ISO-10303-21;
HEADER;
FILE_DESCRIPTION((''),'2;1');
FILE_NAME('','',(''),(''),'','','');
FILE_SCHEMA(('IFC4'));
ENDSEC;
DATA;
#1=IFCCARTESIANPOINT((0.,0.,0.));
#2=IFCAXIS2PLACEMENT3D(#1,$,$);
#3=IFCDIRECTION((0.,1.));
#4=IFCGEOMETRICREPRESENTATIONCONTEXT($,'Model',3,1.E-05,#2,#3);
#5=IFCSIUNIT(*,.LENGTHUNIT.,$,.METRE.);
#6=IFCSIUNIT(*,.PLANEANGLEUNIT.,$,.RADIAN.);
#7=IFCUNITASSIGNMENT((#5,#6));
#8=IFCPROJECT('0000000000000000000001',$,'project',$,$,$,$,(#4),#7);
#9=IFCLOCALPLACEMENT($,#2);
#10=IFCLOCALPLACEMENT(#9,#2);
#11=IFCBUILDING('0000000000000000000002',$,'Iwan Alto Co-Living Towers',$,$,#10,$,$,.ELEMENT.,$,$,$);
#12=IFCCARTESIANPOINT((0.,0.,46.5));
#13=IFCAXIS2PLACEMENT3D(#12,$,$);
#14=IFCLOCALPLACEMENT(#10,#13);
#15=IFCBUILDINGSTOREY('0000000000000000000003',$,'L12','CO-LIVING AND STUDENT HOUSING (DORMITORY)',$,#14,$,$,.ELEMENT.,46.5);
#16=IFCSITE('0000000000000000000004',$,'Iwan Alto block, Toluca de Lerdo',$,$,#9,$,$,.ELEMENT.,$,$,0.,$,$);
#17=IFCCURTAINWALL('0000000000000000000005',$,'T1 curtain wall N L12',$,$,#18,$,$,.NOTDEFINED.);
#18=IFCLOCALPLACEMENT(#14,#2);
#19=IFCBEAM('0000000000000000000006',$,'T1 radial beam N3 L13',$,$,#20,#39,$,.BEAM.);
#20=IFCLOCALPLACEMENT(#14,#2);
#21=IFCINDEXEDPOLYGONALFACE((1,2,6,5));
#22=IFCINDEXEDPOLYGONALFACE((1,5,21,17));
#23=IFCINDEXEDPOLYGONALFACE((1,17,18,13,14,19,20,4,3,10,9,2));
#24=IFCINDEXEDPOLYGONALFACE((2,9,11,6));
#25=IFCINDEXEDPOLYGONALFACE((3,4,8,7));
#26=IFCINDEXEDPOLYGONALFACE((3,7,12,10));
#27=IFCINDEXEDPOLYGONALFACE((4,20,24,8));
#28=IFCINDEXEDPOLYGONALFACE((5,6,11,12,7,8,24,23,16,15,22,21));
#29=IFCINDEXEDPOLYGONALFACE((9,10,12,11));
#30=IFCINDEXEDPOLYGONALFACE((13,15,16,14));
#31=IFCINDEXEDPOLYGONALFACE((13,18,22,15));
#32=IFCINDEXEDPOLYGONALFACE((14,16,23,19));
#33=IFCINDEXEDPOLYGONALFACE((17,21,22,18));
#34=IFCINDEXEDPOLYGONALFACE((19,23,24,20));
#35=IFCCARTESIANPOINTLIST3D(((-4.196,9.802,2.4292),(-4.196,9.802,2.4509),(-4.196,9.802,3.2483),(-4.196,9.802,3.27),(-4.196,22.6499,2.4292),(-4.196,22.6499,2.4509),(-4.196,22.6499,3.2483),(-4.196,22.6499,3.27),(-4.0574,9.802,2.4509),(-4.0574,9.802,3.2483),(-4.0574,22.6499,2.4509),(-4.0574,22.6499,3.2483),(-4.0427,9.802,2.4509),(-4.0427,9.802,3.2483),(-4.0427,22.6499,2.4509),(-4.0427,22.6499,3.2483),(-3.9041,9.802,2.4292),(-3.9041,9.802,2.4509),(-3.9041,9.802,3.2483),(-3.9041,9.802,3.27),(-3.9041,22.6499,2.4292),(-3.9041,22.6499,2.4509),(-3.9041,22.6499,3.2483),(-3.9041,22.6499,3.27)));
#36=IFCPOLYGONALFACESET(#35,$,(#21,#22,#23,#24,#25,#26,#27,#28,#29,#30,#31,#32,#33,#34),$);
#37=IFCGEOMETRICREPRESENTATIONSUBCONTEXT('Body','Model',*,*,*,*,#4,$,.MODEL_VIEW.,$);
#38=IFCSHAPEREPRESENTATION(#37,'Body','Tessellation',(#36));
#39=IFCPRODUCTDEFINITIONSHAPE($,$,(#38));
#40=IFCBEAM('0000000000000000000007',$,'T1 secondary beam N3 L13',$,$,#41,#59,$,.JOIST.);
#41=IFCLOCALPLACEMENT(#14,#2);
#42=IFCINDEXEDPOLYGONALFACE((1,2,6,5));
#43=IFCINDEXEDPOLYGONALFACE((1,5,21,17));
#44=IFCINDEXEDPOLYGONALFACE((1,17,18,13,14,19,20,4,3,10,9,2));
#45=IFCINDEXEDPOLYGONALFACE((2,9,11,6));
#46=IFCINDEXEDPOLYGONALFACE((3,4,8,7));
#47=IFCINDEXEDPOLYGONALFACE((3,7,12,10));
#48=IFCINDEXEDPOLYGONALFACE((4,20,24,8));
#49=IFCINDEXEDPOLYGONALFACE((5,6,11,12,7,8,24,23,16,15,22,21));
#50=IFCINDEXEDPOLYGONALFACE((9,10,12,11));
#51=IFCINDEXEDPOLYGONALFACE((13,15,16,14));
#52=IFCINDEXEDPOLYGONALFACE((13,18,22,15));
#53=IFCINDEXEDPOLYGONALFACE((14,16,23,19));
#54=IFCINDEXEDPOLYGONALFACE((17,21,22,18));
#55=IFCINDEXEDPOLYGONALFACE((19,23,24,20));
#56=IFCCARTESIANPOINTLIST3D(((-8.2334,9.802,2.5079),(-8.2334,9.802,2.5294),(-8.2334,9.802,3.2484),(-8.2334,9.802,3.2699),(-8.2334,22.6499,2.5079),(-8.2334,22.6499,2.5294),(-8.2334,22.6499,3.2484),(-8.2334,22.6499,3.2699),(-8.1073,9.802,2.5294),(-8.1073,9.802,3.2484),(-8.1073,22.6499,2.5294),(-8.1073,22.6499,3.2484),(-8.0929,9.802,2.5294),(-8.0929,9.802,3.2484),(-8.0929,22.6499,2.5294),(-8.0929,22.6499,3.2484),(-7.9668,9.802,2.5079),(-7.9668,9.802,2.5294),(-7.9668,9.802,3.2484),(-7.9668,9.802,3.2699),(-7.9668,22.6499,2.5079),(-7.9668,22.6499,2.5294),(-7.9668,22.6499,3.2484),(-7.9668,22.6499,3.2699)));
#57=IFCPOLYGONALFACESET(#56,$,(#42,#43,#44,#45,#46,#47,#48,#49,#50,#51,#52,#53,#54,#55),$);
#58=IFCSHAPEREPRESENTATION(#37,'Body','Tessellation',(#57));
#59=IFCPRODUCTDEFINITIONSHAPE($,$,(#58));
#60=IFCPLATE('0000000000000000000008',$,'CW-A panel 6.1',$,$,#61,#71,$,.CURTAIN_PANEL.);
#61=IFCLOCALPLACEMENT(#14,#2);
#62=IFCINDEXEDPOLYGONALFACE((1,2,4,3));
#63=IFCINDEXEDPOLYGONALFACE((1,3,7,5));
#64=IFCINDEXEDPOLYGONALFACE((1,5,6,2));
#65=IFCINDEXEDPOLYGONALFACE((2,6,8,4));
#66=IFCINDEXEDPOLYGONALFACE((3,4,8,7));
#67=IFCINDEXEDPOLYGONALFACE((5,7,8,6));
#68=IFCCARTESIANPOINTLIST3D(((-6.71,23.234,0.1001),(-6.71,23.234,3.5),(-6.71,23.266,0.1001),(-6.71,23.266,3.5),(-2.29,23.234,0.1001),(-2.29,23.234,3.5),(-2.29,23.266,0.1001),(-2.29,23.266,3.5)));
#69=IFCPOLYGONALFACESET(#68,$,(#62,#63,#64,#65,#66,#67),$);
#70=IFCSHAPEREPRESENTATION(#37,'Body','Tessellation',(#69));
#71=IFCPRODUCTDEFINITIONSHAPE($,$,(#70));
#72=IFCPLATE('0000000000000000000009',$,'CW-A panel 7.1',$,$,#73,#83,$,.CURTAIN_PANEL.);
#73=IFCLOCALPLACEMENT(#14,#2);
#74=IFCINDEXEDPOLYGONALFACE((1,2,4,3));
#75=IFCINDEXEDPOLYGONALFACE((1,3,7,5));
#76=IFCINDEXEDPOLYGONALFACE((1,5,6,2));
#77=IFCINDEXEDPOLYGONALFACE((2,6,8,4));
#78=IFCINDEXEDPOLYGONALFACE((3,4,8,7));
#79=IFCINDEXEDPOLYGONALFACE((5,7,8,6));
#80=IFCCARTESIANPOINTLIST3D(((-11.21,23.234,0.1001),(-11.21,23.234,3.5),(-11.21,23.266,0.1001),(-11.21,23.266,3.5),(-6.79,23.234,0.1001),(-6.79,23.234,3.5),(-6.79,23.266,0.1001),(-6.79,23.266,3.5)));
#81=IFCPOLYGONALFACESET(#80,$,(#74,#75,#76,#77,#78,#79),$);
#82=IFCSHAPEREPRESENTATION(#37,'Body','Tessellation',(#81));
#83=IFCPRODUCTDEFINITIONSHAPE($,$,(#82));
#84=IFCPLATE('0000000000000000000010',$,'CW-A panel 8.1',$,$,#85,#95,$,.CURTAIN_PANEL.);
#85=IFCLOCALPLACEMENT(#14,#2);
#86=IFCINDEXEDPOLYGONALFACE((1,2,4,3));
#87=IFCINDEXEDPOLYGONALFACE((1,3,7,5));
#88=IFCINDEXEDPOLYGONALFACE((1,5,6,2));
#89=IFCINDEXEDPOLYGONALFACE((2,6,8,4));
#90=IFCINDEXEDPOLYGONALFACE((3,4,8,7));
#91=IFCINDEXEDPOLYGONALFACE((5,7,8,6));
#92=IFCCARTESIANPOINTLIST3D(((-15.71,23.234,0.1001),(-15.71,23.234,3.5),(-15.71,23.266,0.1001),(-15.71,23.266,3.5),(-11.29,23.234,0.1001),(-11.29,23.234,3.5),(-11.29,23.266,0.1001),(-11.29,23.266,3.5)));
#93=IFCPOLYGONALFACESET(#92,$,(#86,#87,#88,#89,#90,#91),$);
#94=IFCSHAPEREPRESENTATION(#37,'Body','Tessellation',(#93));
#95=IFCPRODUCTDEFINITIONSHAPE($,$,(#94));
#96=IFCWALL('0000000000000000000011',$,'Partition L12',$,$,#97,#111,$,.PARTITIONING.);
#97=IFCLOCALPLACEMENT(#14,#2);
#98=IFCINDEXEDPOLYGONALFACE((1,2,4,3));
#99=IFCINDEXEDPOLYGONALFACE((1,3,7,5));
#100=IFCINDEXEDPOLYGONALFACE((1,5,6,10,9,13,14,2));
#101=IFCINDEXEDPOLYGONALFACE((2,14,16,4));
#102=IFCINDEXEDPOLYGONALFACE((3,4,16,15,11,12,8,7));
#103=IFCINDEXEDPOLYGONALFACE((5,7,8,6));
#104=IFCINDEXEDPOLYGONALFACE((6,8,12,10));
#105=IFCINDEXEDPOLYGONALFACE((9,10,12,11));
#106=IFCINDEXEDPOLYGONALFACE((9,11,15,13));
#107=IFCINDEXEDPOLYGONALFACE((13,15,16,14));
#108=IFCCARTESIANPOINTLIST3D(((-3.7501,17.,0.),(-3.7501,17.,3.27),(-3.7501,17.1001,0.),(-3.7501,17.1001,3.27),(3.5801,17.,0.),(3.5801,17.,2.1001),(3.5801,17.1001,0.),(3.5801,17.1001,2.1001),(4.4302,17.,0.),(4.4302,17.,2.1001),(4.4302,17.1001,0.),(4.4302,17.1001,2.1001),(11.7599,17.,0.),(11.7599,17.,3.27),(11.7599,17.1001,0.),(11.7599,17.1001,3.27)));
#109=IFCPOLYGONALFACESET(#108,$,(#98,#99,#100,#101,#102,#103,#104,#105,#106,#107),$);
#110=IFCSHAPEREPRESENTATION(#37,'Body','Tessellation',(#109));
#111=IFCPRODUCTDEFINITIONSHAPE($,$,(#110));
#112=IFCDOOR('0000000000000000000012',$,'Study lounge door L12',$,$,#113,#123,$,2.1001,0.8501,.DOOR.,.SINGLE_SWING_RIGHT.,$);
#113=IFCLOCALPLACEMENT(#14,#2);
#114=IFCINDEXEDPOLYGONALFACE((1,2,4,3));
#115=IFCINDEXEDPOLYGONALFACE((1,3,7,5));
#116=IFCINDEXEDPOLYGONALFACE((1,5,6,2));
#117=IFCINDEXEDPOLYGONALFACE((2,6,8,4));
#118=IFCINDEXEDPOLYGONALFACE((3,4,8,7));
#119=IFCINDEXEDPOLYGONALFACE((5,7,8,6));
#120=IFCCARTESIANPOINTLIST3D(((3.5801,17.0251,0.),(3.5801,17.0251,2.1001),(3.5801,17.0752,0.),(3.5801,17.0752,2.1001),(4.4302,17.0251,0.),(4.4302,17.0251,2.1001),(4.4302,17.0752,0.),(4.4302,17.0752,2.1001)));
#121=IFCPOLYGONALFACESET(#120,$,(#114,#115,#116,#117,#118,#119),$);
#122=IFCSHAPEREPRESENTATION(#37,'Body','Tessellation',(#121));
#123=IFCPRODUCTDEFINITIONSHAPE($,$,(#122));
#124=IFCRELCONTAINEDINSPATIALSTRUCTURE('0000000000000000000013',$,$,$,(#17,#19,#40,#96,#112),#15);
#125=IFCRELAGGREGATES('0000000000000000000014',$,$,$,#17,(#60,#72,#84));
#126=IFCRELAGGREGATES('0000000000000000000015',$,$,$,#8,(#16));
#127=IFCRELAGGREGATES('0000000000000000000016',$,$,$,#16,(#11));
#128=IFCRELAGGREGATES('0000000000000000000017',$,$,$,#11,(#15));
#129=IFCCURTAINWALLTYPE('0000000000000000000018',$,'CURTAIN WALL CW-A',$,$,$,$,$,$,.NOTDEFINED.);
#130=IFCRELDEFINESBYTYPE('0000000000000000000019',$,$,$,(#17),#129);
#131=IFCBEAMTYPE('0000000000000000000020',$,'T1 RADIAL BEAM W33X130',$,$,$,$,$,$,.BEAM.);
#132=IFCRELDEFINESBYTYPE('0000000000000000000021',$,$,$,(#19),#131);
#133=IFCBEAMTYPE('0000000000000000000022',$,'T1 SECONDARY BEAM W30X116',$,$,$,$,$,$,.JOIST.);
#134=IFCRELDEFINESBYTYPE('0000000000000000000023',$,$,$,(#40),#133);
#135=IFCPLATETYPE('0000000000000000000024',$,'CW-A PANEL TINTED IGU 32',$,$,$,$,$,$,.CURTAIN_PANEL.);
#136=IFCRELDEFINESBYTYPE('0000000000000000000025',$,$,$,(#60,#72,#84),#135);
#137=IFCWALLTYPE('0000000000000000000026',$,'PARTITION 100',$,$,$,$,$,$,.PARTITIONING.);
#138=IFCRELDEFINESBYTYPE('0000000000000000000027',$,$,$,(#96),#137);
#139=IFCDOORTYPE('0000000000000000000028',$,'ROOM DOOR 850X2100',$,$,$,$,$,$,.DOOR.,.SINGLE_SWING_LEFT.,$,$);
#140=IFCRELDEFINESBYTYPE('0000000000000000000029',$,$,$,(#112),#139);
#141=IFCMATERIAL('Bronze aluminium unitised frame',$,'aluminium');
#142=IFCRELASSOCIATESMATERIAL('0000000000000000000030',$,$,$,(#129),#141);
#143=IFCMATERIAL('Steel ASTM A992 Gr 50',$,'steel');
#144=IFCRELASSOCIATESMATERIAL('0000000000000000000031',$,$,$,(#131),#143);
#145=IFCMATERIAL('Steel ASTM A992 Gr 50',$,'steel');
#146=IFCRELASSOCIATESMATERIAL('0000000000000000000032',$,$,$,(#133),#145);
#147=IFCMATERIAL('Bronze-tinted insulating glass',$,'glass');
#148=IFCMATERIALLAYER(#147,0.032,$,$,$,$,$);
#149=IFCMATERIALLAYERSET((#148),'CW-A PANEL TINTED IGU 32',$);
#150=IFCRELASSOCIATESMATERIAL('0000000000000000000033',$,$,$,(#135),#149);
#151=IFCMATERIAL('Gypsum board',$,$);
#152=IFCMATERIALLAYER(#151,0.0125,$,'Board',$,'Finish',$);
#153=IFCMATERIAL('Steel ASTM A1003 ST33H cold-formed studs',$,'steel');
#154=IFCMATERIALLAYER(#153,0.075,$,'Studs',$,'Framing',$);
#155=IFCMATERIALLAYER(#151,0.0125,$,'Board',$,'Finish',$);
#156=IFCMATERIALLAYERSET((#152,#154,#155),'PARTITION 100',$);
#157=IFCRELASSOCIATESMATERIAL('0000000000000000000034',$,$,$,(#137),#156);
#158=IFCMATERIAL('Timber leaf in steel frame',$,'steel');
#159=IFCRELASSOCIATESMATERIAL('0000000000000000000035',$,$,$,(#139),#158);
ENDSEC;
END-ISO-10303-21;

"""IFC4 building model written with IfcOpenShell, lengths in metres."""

from ifc_helpers import new_model, si_unit, direction, frame, frame_2d, origin, origin_2d, place, context, subcontext, project, spatial, rectangle, i_section, extrude, material, layer, layer_set, material_profile, profile_set, type_object, element, fill, aggregate, save


model = new_model("IFC4")

# Units and contexts
model_context = context("Model", 3, precision=1e-05, world=origin(), true_north=direction((0.0, 1.0)))
body_context = subcontext(model_context, "Body", "Model", "MODEL_VIEW")
ifc_project = project(units=[si_unit("LENGTHUNIT", "METRE"), si_unit("PLANEANGLEUNIT", "RADIAN")], contexts=[model_context])

# Site, building, storey
site_placement = place(None, origin())
site = spatial("IfcSite", under=ifc_project, at=site_placement, Name="Iwan Alto block, Toluca de Lerdo", CompositionType="ELEMENT", RefElevation=0.0)
building_placement = place(site_placement, origin())
building = spatial("IfcBuilding", under=site, at=building_placement, Name="Iwan Alto Co-Living Towers", CompositionType="ELEMENT")
storey_placement = place(building_placement, frame((0.0, 0.0, 46.5)))
storey = spatial("IfcBuildingStorey", under=building, at=storey_placement, Name="L12", Description="CO-LIVING AND STUDENT HOUSING (DORMITORY)", CompositionType="ELEMENT", Elevation=46.5)

# Curtain wall
ifc_material_1 = material(Name="Bronze aluminium unitised frame", Category="aluminium")
curtain_wall_type = type_object("IfcCurtainWallType", Name="CURTAIN WALL CW-A", PredefinedType="NOTDEFINED", material=ifc_material_1)
curtain_wall_placement = place(storey_placement, origin())
curtain_wall = element("IfcCurtainWall", 1, at=curtain_wall_placement, inside=storey, type_object=curtain_wall_type, Name="T1 curtain wall N L12", PredefinedType="NOTDEFINED")

# Beams
ifc_material_2 = material(Name="Steel ASTM A992 Gr 50", Category="steel")
ifc_material_profile_1 = material_profile(ifc_material_2, i_section(OverallWidth=0.292, OverallDepth=0.8408, WebThickness=0.0146, FlangeThickness=0.0217, at=origin_2d()), Name="W33X130")
ifc_profile_set_1 = profile_set([ifc_material_profile_1], Name="Steel ASTM A992 Gr 50")
beam_type_1 = type_object("IfcBeamType", Name="T1 RADIAL BEAM W33X130", PredefinedType="BEAM", material=ifc_profile_set_1)
beam_1_placement = place(storey_placement, frame((-4.05, 22.6499, 2.8496), z_axis=(0.0, -1.0, 0.0), x_axis=(1.0, 0.0, 0.0)))
element("IfcBeam", 2, at=beam_1_placement, inside=storey, type_object=beam_type_1, Name="T1 radial beam N3 L13", PredefinedType="BEAM", context=body_context, shape_type="SweptSolid", body=[
    extrude(i_section(OverallWidth=0.292, OverallDepth=0.8408, WebThickness=0.0146, FlangeThickness=0.0217, at=origin_2d()), origin(), (0.0, 0.0, 1.0), 12.8479),
])
ifc_material_3 = material(Name="Steel ASTM A992 Gr 50", Category="steel")
ifc_material_profile_2 = material_profile(ifc_material_3, i_section(OverallWidth=0.2666, OverallDepth=0.762, WebThickness=0.0144, FlangeThickness=0.0215, at=origin_2d()), Name="W30X116")
ifc_profile_set_2 = profile_set([ifc_material_profile_2], Name="Steel ASTM A992 Gr 50")
beam_type_2 = type_object("IfcBeamType", Name="T1 SECONDARY BEAM W30X116", PredefinedType="JOIST", material=ifc_profile_set_2)
beam_2_placement = place(storey_placement, frame((-8.1001, 22.6499, 2.8889), z_axis=(0.0, -1.0, 0.0), x_axis=(1.0, 0.0, 0.0)))
element("IfcBeam", 3, at=beam_2_placement, inside=storey, type_object=beam_type_2, Name="T1 secondary beam N3 L13", PredefinedType="JOIST", context=body_context, shape_type="SweptSolid", body=[
    extrude(i_section(OverallWidth=0.2666, OverallDepth=0.762, WebThickness=0.0144, FlangeThickness=0.0215, at=origin_2d()), origin(), (0.0, 0.0, 1.0), 12.8479),
])

# Plates
ifc_material_4 = material(Name="Bronze-tinted insulating glass", Category="glass")
ifc_layer_1 = layer(ifc_material_4, 0.032)
ifc_layer_set_1 = layer_set([ifc_layer_1], Name="CW-A PANEL TINTED IGU 32")
plate_type = type_object("IfcPlateType", Name="CW-A PANEL TINTED IGU 32", PredefinedType="CURTAIN_PANEL", material=ifc_layer_set_1)
plate_1_placement = place(storey_placement, frame((-4.5, 23.25, 0.1001), z_axis=(0.0, 0.0, 1.0), x_axis=(-1.0, 0.0, 0.0)))
plate_1 = element("IfcPlate", 4, at=plate_1_placement, type_object=plate_type, Name="CW-A panel 6.1", PredefinedType="CURTAIN_PANEL", context=body_context, shape_type="SweptSolid", body=[
    extrude(rectangle(XDim=4.4199, YDim=0.032, at=origin_2d()), origin(), (0.0, 0.0, 1.0), 3.3999),
])
plate_2_placement = place(storey_placement, frame((-9.0, 23.25, 0.1001), z_axis=(0.0, 0.0, 1.0), x_axis=(-1.0, 0.0, 0.0)))
plate_2 = element("IfcPlate", 5, at=plate_2_placement, type_object=plate_type, Name="CW-A panel 7.1", PredefinedType="CURTAIN_PANEL", context=body_context, shape_type="SweptSolid", body=[
    extrude(rectangle(XDim=4.4199, YDim=0.032, at=origin_2d()), origin(), (0.0, 0.0, 1.0), 3.3999),
])
plate_3_placement = place(storey_placement, frame((-13.5, 23.25, 0.1001), z_axis=(0.0, 0.0, 1.0), x_axis=(-1.0, 0.0, 0.0)))
plate_3 = element("IfcPlate", 6, at=plate_3_placement, type_object=plate_type, Name="CW-A panel 8.1", PredefinedType="CURTAIN_PANEL", context=body_context, shape_type="SweptSolid", body=[
    extrude(rectangle(XDim=4.4199, YDim=0.032, at=origin_2d()), origin(), (0.0, 0.0, 1.0), 3.3999),
])
aggregate(curtain_wall, [plate_1, plate_2, plate_3])

# Wall, opening, door
ifc_material_5 = material(Name="Gypsum board")
ifc_layer_2 = layer(ifc_material_5, 0.0125, Name="Board", Category="Finish")
ifc_material_6 = material(Name="Steel ASTM A1003 ST33H cold-formed studs", Category="steel")
ifc_layer_3 = layer(ifc_material_6, 0.075, Name="Studs", Category="Framing")
ifc_layer_4 = layer(ifc_material_5, 0.0125, Name="Board", Category="Finish")
ifc_layer_set_2 = layer_set([ifc_layer_2, ifc_layer_3, ifc_layer_4], Name="PARTITION 100")
wall_type_1 = type_object("IfcWallType", Name="PARTITION 100", PredefinedType="PARTITIONING", material=ifc_layer_set_2)
wall_1_placement = place(storey_placement, frame((-3.75, 17.05, 0.0), z_axis=(0.0, 0.0, 1.0), x_axis=(1.0, 0.0, 0.0)))
wall_1 = element("IfcWall", 7, at=wall_1_placement, inside=storey, type_object=wall_type_1, Name="Partition L12", PredefinedType="PARTITIONING", context=body_context, shape_type="SweptSolid", body=[
    extrude(rectangle(XDim=15.51, YDim=0.1001, at=frame_2d((7.7549, 0.0))), origin(), (0.0, 0.0, 1.0), 3.27),
])
opening_1_placement = place(wall_1_placement, frame((7.3301, 0.0, 0.0)))
opening_1 = element("IfcOpeningElement", 8, at=opening_1_placement, cuts=wall_1, PredefinedType="OPENING", context=body_context, shape_type="SweptSolid", body=[
    extrude(rectangle(XDim=0.8501, YDim=2.1001, at=frame_2d((0.425, 1.05))), frame((0.0, 0.0601, 0.0), z_axis=(0.0, -1.0, 0.0), x_axis=(1.0, 0.0, 0.0)), (0.0, 0.0, 1.0), 0.1201),
])
ifc_material_7 = material(Name="Timber leaf in steel frame", Category="steel")
door_type_1 = type_object("IfcDoorType", Name="ROOM DOOR 850X2100", OperationType="SINGLE_SWING_LEFT", PredefinedType="DOOR", material=ifc_material_7)
door_1_placement = place(opening_1_placement, frame((0.8501, 0.0, 0.0), z_axis=(0.0, 0.0, 1.0), x_axis=(-1.0, 0.0, 0.0)))
door_1 = element("IfcDoor", 9, at=door_1_placement, inside=storey, type_object=door_type_1, Name="Study lounge door L12", OperationType="SINGLE_SWING_RIGHT", OverallHeight=2.1001, OverallWidth=0.8501, PredefinedType="DOOR", context=body_context, shape_type="SweptSolid", body=[
    extrude(rectangle(XDim=0.8501, YDim=2.1001, at=frame_2d((0.425, 1.05))), frame((0.0, 0.0249, 0.0), z_axis=(0.0, -1.0, 0.0), x_axis=(1.0, 0.0, 0.0)), (0.0, 0.0, 1.0), 0.05),
])
fill(opening_1, door_1)

save(model, "model.ifc")
